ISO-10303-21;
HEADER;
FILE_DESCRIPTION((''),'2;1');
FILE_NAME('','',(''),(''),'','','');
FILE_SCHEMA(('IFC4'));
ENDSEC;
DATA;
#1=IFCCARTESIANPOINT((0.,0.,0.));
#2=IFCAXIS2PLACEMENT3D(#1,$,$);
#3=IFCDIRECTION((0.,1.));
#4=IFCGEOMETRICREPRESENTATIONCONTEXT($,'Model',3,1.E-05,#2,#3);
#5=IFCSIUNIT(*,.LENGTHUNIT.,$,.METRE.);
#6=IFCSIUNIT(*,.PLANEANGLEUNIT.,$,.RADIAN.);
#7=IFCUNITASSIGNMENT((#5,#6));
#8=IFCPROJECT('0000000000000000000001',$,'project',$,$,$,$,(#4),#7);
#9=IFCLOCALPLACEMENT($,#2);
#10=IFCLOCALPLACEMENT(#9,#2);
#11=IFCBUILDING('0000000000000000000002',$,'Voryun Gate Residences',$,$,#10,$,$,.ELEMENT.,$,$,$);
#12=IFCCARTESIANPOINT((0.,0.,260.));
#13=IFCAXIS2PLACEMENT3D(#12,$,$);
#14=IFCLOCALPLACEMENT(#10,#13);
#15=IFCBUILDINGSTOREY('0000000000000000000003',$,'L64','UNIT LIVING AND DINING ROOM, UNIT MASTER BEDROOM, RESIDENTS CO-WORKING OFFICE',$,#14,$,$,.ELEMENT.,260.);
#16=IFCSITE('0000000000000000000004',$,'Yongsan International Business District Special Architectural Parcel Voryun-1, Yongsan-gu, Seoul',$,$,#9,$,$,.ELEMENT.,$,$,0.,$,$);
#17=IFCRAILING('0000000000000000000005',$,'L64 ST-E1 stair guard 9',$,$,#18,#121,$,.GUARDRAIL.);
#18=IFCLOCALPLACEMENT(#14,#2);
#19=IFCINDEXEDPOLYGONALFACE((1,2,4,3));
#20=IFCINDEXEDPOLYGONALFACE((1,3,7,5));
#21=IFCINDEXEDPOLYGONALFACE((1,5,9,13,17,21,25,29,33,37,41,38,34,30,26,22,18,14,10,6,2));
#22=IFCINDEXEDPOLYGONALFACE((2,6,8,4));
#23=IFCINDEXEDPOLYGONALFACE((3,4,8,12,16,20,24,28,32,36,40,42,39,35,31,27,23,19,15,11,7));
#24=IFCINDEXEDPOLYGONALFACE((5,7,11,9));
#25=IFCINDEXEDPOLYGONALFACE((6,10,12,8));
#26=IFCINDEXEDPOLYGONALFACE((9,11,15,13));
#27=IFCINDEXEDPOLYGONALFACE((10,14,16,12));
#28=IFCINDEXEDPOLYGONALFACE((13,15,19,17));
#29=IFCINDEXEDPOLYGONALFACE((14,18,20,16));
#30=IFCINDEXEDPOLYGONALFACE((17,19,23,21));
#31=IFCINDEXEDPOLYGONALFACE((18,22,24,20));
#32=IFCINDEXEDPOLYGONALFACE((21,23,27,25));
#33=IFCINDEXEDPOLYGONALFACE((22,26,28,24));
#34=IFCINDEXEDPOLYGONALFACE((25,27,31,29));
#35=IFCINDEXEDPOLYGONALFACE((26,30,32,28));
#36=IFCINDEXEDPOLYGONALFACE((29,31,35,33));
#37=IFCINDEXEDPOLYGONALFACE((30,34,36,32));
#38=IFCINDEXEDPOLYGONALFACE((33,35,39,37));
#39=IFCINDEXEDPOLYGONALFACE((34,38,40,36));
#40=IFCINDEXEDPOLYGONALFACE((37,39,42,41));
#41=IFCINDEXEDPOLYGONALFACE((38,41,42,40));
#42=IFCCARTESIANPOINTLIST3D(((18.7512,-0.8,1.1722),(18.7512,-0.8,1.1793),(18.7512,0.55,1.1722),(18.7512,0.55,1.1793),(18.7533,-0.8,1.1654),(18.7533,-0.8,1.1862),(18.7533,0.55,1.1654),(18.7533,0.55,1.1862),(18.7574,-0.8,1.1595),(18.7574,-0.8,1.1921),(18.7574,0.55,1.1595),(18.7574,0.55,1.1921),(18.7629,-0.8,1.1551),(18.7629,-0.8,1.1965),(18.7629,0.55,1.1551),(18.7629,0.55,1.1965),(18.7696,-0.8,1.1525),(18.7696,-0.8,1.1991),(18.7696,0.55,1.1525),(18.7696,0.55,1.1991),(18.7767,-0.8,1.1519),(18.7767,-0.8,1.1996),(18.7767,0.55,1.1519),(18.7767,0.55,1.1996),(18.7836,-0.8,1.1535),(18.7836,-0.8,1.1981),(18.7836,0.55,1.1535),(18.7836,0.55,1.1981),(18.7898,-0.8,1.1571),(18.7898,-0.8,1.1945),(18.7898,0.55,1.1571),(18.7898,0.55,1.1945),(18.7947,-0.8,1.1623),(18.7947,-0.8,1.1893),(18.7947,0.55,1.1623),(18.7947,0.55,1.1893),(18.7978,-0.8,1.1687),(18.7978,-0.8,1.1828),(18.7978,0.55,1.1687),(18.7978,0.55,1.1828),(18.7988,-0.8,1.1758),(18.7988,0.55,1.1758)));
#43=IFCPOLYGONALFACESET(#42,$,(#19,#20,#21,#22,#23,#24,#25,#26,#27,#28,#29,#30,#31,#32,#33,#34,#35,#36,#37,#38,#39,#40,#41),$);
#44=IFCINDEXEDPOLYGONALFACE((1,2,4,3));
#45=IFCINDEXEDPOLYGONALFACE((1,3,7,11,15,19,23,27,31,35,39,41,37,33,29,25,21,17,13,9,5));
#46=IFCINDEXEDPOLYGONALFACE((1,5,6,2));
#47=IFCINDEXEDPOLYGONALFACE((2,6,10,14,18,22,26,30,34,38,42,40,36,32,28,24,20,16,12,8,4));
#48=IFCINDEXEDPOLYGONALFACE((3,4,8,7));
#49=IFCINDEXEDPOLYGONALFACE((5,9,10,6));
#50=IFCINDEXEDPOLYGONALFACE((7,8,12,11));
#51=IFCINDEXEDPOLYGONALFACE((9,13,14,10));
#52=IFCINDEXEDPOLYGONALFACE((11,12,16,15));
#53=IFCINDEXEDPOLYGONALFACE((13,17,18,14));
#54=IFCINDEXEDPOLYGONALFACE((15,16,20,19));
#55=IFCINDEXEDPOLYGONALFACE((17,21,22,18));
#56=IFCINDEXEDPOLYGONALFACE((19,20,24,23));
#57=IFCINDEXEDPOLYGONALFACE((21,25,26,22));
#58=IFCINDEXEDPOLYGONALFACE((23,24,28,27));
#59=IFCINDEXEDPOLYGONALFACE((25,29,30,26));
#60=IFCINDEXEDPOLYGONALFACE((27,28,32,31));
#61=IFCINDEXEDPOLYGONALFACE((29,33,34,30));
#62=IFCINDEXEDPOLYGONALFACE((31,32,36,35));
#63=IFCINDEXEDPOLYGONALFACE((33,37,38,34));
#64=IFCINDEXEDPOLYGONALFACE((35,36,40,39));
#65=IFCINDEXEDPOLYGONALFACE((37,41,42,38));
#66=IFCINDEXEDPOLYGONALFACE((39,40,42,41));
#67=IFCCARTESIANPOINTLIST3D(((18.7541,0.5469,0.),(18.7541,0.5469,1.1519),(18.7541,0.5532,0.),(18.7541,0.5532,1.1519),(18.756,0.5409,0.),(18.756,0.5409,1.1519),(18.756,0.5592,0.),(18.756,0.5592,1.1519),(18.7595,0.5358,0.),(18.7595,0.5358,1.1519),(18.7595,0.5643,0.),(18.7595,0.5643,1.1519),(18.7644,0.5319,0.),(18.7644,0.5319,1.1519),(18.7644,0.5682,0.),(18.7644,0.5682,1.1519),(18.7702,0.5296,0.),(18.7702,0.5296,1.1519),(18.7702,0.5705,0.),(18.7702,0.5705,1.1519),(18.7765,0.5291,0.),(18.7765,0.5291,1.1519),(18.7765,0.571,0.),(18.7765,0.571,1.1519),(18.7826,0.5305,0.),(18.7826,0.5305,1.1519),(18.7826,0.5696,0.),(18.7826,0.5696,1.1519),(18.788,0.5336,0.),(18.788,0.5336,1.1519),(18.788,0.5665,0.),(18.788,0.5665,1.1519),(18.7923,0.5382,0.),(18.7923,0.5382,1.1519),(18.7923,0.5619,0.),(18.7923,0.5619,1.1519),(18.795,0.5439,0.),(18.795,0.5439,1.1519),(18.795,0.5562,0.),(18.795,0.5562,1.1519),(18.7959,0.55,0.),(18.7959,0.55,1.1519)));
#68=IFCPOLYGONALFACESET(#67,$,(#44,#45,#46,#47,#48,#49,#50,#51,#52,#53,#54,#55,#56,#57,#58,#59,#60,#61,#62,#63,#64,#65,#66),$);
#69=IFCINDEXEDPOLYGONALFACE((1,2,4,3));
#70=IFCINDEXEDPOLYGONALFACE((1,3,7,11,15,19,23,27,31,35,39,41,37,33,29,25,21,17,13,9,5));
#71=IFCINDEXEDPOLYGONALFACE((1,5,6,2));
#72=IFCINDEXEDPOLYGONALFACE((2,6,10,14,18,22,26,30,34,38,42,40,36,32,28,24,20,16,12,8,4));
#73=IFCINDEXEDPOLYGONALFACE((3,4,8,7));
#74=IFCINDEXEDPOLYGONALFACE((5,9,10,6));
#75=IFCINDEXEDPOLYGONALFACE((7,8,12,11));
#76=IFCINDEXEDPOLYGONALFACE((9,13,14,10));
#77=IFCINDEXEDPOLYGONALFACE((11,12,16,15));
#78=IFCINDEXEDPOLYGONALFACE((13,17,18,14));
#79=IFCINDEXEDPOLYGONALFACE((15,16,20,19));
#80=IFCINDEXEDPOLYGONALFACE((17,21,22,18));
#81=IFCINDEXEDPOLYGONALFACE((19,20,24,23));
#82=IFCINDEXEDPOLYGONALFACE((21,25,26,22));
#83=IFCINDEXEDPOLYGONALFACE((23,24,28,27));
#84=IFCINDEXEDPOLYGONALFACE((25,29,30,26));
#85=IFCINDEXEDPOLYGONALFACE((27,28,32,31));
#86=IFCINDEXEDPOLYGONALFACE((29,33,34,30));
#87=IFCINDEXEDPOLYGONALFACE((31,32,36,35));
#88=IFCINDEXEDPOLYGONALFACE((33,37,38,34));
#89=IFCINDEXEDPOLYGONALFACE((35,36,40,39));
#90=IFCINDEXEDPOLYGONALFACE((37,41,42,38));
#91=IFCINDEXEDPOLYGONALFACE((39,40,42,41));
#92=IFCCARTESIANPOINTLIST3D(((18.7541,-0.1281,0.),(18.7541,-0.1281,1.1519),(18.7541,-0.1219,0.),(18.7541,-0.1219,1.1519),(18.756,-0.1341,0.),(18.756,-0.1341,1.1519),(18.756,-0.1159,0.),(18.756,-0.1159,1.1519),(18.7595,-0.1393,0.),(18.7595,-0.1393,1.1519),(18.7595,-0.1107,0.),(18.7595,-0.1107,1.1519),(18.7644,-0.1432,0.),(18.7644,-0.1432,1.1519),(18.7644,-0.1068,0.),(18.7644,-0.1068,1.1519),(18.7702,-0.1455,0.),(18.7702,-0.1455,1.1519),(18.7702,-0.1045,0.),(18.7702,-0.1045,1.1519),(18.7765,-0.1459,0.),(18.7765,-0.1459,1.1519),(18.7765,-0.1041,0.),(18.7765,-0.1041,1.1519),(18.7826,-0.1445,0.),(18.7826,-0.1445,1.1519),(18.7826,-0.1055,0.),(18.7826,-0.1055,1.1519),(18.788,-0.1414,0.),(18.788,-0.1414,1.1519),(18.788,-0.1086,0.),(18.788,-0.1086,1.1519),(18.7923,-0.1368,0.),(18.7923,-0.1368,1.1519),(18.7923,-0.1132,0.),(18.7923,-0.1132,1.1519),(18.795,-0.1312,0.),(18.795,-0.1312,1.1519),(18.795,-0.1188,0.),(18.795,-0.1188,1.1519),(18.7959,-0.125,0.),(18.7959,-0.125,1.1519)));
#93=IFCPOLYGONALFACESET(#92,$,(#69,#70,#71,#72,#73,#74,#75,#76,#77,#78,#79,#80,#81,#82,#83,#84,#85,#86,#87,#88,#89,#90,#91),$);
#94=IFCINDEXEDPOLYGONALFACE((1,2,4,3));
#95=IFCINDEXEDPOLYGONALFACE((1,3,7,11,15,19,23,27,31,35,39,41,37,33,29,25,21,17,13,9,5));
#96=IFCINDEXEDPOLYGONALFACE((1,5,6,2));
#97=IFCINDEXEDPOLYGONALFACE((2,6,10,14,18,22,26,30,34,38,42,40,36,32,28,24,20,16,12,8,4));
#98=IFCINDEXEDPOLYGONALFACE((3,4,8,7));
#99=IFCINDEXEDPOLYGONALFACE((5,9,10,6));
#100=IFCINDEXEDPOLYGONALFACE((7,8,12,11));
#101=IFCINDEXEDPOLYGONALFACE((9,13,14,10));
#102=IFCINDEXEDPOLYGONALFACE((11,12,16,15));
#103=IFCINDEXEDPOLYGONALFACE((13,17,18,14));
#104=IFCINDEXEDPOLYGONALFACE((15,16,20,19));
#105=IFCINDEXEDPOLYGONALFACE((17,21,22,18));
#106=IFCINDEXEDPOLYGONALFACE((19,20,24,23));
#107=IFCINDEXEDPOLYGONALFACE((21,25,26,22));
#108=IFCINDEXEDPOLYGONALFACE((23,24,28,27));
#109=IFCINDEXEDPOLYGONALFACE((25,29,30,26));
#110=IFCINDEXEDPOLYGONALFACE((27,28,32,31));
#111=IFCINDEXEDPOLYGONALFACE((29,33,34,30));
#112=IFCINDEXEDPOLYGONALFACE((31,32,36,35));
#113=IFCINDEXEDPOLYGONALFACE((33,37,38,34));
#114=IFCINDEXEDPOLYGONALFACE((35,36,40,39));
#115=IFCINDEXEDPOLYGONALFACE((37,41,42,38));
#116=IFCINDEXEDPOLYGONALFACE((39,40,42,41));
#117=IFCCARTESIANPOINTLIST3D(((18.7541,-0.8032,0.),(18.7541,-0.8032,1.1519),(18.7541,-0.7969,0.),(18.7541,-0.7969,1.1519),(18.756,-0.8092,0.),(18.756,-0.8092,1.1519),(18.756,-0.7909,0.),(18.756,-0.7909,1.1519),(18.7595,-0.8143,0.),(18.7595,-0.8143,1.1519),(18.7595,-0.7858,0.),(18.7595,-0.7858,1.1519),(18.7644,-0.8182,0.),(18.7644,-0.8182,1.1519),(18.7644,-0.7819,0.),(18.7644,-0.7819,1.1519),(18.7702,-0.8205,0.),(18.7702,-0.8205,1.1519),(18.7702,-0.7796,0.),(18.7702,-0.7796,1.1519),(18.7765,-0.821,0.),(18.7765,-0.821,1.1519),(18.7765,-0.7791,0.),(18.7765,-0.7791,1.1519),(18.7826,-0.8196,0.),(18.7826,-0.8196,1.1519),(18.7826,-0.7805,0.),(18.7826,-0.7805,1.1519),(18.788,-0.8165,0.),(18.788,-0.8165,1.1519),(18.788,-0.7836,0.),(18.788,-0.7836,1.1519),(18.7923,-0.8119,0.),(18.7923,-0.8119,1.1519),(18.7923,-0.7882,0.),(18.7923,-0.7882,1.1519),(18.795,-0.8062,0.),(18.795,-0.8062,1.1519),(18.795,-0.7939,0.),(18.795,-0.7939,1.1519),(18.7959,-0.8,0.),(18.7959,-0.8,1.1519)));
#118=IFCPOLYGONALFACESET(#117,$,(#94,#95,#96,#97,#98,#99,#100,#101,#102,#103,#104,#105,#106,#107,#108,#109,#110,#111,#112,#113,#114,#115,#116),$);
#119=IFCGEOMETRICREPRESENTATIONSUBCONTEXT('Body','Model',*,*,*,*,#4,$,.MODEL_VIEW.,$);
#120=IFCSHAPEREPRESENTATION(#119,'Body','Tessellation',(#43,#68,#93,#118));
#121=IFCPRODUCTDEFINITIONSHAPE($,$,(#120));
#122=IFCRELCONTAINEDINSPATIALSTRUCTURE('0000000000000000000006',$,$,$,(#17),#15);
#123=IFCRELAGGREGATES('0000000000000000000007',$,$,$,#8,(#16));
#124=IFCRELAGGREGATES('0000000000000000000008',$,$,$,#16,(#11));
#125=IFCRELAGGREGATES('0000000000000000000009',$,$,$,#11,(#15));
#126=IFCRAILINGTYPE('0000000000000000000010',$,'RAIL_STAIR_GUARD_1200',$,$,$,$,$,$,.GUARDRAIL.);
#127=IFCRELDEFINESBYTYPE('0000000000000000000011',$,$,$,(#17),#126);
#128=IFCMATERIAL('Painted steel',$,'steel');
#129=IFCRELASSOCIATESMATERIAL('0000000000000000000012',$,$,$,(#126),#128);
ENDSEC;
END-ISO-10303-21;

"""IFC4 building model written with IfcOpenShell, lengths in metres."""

from ifc_helpers import new_model, si_unit, direction, frame, origin, origin_2d, place, context, subcontext, project, spatial, circle, extrude, material, type_object, element, save


model = new_model("IFC4")

# Units and contexts
model_context = context("Model", 3, precision=1e-05, world=origin(), true_north=direction((0.0, 1.0)))
body_context = subcontext(model_context, "Body", "Model", "MODEL_VIEW")
ifc_project = project(units=[si_unit("LENGTHUNIT", "METRE"), si_unit("PLANEANGLEUNIT", "RADIAN")], contexts=[model_context])

# Site, building, storey
site_placement = place(None, origin())
site = spatial("IfcSite", under=ifc_project, at=site_placement, Name="Yongsan International Business District Special Architectural Parcel Voryun-1, Yongsan-gu, Seoul", CompositionType="ELEMENT", RefElevation=0.0)
building_placement = place(site_placement, origin())
building = spatial("IfcBuilding", under=site, at=building_placement, Name="Voryun Gate Residences", CompositionType="ELEMENT")
storey_placement = place(building_placement, frame((0.0, 0.0, 260.0)))
storey = spatial("IfcBuildingStorey", under=building, at=storey_placement, Name="L64", Description="UNIT LIVING AND DINING ROOM, UNIT MASTER BEDROOM, RESIDENTS CO-WORKING OFFICE", CompositionType="ELEMENT", Elevation=260.0)

# Railing
ifc_material_1 = material(Name="Painted steel", Category="steel")
railing_type_1 = type_object("IfcRailingType", Name="RAIL_STAIR_GUARD_1200", PredefinedType="GUARDRAIL", material=ifc_material_1)
for number, where, name in (
    (1, (18.7749, 0.55, 0.0), "L64 ST-E1 stair guard 9"),
):
    element("IfcRailing", number, at=place(storey_placement, frame(where)), inside=storey, type_object=railing_type_1, Name=name, PredefinedType="GUARDRAIL", context=body_context, shape_type="SweptSolid", body=[
        extrude(circle(Radius=0.0239, at=origin_2d()), frame((0.0, 0.0, 1.1758), z_axis=(0.0, -1.0, 0.0), x_axis=(1.0, 0.0, 0.0)), (0.0, 0.0, 1.0), 1.3501),
        extrude(circle(Radius=0.021, at=origin_2d()), origin(), (0.0, 0.0, 1.0), 1.1519),
        extrude(circle(Radius=0.021, at=origin_2d()), frame((0.0, -0.675, 0.0)), (0.0, 0.0, 1.0), 1.1519),
        extrude(circle(Radius=0.021, at=origin_2d()), frame((0.0, -1.3501, 0.0)), (0.0, 0.0, 1.0), 1.1519),
    ])

save(model, "model.ifc")
